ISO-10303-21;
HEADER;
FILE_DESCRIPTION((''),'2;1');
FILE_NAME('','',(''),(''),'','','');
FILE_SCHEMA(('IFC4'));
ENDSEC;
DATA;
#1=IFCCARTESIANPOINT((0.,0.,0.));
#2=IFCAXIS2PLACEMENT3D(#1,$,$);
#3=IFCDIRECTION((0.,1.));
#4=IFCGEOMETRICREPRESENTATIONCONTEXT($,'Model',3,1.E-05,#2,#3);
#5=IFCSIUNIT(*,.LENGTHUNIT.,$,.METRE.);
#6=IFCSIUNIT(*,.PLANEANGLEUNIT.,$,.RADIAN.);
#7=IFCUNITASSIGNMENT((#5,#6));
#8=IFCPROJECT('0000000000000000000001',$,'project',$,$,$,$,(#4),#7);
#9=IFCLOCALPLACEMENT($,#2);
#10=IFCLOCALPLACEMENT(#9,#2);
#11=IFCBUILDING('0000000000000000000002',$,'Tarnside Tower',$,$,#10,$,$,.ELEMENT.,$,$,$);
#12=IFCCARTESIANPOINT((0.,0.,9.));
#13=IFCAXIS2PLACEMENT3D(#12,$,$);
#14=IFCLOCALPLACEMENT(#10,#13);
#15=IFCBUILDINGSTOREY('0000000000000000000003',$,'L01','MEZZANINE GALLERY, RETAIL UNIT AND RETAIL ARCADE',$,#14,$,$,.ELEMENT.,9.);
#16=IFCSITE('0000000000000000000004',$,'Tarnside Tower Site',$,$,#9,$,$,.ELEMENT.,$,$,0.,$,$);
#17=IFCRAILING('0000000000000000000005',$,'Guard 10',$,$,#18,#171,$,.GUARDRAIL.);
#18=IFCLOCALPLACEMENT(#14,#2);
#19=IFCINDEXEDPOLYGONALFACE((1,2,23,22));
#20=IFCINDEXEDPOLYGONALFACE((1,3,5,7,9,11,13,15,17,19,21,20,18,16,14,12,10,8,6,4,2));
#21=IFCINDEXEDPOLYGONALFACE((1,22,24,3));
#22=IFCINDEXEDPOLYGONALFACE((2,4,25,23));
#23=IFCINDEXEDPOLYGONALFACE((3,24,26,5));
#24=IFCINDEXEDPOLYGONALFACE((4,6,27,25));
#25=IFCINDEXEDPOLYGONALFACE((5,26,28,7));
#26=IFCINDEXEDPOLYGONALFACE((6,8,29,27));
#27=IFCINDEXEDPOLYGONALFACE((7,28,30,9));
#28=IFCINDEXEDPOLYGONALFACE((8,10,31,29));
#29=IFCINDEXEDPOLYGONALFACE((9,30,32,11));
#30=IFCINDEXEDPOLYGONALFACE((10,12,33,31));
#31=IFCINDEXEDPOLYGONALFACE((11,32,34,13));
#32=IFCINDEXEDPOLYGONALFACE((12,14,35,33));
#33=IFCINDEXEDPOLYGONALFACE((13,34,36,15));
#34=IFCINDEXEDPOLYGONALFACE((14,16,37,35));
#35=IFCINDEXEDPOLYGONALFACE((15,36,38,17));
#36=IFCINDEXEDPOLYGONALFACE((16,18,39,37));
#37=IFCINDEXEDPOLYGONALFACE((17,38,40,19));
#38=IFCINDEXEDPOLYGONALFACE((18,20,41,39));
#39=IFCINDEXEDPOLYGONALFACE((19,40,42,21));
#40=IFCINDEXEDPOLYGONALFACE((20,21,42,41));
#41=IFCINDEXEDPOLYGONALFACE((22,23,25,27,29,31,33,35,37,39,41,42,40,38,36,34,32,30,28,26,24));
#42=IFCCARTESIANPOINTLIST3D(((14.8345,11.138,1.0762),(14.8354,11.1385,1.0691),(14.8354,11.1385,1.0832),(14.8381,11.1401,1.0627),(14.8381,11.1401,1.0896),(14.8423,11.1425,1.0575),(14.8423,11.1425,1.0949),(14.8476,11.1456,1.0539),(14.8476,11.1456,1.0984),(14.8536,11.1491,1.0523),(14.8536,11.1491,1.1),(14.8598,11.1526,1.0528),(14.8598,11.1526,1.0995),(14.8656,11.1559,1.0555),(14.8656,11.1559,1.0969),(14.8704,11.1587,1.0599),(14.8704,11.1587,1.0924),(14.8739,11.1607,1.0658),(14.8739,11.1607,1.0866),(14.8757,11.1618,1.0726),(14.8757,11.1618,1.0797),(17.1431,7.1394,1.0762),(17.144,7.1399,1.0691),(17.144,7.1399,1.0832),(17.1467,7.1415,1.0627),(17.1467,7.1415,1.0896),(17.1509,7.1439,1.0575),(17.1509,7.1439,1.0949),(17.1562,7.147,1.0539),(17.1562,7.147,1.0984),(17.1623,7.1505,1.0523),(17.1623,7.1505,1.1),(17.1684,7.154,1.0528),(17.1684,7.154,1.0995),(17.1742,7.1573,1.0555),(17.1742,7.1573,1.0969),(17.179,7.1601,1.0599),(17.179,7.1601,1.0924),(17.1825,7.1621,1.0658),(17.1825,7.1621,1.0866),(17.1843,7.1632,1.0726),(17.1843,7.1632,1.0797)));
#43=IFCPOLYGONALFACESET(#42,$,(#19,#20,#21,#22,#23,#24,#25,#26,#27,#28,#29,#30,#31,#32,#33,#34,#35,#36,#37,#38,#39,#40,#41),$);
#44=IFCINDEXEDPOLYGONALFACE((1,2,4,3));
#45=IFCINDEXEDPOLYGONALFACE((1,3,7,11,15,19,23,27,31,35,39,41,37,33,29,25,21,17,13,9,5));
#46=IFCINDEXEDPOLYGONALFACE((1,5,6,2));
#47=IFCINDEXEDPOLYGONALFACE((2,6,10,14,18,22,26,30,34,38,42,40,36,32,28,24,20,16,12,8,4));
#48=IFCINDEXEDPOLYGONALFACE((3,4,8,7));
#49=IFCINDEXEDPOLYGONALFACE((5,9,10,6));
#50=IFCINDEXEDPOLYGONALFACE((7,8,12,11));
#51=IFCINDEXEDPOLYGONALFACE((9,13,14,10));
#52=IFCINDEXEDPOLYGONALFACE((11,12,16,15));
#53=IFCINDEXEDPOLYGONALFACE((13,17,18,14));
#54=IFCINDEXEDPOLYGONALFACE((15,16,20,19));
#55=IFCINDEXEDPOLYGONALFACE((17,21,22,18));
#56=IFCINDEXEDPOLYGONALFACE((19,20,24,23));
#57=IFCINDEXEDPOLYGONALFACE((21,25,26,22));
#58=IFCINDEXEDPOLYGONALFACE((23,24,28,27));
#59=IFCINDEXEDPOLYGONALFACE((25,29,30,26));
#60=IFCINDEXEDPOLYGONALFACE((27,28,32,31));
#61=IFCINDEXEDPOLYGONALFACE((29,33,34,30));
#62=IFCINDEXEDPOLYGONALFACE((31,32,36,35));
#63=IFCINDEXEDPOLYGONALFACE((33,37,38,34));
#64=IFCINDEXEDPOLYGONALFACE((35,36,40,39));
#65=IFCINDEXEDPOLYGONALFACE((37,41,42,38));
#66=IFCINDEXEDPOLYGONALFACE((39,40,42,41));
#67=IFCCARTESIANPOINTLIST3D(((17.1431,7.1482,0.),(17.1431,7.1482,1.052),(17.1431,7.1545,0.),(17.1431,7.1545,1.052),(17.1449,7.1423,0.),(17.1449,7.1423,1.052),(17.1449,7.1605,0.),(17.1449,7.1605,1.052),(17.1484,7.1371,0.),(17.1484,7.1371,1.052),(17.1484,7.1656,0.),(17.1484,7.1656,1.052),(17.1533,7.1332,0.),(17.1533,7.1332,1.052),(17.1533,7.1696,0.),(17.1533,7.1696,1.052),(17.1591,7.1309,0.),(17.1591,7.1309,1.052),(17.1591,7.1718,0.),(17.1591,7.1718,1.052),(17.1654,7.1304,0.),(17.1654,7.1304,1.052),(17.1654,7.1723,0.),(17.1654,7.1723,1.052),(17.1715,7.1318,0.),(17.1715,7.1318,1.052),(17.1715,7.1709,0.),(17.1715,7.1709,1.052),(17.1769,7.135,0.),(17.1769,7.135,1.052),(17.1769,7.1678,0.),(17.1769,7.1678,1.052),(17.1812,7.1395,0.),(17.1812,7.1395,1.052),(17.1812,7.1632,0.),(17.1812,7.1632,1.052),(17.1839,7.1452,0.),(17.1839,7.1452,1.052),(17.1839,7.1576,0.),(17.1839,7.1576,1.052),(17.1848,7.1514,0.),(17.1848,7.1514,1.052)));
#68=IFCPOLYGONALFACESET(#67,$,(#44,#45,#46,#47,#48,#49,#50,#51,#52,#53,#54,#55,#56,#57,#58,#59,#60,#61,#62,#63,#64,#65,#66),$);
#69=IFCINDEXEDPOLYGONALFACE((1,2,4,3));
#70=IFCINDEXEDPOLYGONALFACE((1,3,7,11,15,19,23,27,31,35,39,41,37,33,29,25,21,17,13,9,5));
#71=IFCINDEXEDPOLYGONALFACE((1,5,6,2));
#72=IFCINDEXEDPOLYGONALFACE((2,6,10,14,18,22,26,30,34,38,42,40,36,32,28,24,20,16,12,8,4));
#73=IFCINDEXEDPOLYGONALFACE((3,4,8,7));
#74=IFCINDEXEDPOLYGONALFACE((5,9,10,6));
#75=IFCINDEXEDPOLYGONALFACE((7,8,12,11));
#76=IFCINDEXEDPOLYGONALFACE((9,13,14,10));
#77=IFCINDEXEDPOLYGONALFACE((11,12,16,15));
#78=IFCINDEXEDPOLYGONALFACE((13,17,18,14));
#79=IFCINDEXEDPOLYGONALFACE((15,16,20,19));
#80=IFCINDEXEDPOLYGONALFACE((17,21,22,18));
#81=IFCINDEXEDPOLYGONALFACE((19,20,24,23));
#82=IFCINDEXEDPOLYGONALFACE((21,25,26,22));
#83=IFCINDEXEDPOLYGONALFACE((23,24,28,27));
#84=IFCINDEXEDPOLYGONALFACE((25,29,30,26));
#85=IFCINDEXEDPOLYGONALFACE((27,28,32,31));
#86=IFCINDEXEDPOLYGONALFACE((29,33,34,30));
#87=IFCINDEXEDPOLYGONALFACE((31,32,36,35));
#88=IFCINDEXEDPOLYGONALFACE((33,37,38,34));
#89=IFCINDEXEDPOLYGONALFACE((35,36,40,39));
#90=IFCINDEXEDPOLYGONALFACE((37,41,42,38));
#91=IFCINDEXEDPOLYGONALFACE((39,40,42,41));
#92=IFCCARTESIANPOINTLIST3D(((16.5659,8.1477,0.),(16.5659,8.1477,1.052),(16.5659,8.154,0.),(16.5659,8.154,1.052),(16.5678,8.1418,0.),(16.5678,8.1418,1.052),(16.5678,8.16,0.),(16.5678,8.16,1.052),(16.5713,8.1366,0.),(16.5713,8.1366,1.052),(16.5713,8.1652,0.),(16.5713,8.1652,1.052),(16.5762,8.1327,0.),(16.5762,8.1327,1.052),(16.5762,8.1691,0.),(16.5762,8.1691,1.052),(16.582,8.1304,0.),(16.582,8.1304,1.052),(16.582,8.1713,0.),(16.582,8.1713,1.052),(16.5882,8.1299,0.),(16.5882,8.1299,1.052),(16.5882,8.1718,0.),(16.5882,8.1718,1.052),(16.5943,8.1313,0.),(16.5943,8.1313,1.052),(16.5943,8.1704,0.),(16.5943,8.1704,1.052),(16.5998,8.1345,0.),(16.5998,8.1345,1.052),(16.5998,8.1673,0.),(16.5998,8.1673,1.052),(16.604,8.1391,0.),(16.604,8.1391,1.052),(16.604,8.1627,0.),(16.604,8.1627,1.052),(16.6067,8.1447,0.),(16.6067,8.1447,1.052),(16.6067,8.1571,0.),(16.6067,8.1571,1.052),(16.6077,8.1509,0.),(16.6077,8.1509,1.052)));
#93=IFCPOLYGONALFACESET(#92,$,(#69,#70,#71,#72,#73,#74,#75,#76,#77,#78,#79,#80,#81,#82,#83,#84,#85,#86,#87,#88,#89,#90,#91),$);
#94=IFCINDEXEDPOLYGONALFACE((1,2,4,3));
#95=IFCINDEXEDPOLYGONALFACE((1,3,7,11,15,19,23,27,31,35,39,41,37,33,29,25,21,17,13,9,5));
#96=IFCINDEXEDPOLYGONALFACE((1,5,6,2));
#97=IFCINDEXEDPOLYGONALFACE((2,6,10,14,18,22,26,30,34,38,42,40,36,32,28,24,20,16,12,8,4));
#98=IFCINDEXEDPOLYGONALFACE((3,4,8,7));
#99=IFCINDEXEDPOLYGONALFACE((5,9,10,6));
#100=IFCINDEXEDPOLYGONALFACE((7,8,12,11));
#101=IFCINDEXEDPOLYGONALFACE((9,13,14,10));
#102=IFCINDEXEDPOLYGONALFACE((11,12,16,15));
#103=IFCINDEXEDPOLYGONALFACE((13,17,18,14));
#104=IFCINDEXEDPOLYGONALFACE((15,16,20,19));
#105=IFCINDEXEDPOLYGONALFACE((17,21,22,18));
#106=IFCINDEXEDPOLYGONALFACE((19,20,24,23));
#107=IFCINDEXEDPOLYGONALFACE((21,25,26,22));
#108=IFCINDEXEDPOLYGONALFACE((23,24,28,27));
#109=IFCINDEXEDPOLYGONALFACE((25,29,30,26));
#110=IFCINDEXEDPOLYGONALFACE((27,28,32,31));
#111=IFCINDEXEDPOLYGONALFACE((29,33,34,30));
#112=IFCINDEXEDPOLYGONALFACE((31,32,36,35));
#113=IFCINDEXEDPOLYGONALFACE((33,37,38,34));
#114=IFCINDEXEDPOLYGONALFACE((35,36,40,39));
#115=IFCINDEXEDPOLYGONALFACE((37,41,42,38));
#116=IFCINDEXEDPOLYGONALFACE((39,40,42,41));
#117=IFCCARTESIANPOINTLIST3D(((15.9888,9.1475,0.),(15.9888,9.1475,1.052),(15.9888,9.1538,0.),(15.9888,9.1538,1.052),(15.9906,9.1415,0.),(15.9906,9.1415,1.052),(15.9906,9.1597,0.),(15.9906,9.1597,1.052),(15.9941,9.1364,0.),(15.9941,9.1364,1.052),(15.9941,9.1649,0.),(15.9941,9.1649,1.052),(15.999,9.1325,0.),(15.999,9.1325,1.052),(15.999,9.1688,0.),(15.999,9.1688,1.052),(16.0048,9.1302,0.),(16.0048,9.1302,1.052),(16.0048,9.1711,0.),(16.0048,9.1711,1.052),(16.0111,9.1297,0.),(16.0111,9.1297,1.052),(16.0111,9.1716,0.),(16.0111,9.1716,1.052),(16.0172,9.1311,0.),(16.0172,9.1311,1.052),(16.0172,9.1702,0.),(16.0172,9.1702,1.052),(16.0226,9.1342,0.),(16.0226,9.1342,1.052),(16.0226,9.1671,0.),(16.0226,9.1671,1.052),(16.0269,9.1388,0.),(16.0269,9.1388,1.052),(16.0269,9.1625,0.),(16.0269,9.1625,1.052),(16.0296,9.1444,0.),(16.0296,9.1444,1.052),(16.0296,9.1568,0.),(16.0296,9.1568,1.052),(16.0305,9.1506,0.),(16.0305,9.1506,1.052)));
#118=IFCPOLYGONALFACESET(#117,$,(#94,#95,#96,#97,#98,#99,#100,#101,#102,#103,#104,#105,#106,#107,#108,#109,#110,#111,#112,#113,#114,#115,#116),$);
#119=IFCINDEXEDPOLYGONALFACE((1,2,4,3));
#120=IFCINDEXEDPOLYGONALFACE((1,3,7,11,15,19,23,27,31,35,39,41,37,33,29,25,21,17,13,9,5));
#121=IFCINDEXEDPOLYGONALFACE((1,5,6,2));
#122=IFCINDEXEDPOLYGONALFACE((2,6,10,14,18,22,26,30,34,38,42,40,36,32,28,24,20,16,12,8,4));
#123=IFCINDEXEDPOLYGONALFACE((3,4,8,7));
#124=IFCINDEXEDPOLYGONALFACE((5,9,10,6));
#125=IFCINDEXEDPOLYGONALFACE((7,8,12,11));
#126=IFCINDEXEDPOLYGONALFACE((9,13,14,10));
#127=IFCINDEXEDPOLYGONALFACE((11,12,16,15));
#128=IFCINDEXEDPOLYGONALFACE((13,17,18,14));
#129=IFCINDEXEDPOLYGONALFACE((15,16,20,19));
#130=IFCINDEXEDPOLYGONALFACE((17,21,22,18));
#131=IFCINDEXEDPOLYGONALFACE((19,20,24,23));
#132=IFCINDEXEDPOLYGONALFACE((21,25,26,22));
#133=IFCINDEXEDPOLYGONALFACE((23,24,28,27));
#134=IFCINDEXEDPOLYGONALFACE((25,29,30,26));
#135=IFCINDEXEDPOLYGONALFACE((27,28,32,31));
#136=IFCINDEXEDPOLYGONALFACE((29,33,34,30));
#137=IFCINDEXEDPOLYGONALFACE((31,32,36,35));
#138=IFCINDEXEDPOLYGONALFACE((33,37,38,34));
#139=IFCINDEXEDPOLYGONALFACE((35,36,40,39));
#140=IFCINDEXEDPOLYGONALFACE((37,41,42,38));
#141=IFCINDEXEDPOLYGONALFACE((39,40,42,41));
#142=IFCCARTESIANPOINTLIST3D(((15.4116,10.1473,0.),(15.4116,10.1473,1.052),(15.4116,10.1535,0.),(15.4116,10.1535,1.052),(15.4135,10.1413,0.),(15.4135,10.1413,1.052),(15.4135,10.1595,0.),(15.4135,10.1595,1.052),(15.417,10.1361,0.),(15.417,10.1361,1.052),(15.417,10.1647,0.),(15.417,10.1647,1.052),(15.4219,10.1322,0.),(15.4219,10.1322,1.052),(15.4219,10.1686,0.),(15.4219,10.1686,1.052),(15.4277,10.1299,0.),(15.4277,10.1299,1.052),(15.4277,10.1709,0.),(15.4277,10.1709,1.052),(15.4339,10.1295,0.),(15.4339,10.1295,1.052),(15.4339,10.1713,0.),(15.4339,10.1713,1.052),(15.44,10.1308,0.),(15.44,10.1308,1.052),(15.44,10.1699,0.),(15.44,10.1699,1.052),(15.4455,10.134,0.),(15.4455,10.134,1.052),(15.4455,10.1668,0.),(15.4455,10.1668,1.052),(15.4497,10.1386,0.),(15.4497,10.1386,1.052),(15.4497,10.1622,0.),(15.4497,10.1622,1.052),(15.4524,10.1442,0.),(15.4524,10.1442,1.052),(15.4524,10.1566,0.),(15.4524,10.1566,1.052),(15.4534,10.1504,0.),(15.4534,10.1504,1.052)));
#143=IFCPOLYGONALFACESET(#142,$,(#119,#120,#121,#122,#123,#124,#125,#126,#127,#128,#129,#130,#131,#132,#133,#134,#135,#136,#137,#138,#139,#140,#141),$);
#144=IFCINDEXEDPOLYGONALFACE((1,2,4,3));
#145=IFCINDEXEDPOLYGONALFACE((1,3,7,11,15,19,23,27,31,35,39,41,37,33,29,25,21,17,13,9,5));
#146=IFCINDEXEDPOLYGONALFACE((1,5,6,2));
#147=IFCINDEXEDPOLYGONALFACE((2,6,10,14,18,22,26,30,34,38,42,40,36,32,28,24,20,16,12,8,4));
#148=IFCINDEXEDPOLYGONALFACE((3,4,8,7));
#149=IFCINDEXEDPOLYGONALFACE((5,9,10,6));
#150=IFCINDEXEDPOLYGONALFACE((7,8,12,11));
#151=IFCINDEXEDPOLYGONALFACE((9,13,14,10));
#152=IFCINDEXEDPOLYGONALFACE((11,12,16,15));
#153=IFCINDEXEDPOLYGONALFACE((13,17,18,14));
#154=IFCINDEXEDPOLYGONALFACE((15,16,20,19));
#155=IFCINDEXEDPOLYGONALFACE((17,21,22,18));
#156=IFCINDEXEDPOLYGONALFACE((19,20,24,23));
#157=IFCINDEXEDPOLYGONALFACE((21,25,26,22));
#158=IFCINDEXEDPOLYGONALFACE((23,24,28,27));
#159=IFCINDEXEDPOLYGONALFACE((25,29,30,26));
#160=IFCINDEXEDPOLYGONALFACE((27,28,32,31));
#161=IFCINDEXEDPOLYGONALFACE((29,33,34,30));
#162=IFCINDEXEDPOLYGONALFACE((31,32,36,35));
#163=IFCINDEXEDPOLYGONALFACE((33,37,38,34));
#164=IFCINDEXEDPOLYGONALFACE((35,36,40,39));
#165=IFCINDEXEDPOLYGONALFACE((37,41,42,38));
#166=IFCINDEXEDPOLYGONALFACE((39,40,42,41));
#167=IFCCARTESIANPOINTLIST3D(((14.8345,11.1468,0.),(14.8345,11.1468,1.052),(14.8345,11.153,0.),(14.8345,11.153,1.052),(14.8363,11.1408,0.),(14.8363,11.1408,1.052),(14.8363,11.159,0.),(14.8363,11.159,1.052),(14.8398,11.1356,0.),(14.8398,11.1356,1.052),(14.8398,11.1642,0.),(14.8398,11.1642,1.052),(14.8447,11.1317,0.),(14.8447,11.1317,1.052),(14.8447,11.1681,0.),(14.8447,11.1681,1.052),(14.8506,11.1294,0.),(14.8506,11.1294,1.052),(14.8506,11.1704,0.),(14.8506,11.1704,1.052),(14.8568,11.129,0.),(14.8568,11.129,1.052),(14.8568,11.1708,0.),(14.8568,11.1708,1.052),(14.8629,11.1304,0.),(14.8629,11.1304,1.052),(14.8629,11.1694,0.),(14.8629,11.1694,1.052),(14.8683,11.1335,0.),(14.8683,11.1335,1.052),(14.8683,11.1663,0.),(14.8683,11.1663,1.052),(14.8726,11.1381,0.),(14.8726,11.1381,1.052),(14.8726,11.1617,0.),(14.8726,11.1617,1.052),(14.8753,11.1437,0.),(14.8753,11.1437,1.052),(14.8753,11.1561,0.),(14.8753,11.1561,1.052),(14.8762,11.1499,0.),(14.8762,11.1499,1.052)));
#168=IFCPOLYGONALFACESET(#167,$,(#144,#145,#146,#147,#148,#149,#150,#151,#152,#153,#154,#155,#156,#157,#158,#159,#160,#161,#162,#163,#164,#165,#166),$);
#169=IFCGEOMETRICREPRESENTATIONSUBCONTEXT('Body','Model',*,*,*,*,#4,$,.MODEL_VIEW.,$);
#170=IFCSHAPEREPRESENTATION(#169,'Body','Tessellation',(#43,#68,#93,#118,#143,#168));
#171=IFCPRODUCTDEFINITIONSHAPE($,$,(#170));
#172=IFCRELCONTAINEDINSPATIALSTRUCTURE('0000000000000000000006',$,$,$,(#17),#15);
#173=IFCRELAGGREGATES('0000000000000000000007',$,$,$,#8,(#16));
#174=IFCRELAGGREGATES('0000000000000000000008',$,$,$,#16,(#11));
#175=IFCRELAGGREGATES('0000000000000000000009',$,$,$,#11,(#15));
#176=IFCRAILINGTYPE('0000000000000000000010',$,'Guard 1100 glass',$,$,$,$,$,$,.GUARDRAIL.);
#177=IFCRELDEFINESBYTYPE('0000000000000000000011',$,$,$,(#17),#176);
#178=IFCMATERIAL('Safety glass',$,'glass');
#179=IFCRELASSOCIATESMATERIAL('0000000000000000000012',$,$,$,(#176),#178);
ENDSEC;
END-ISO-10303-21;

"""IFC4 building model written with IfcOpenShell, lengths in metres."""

from ifc_helpers import new_model, si_unit, direction, frame, origin, origin_2d, place, context, subcontext, project, spatial, circle, extrude, material, type_object, element, save


model = new_model("IFC4")

# Units and contexts
model_context = context("Model", 3, precision=1e-05, world=origin(), true_north=direction((0.0, 1.0)))
body_context = subcontext(model_context, "Body", "Model", "MODEL_VIEW")
ifc_project = project(units=[si_unit("LENGTHUNIT", "METRE"), si_unit("PLANEANGLEUNIT", "RADIAN")], contexts=[model_context])

# Site, building, storey
site_placement = place(None, origin())
site = spatial("IfcSite", under=ifc_project, at=site_placement, Name="Tarnside Tower Site", CompositionType="ELEMENT", RefElevation=0.0)
building_placement = place(site_placement, origin())
building = spatial("IfcBuilding", under=site, at=building_placement, Name="Tarnside Tower", CompositionType="ELEMENT")
storey_placement = place(building_placement, frame((0.0, 0.0, 9.0)))
storey = spatial("IfcBuildingStorey", under=building, at=storey_placement, Name="L01", Description="MEZZANINE GALLERY, RETAIL UNIT AND RETAIL ARCADE", CompositionType="ELEMENT", Elevation=9.0)

# Railing
ifc_material_1 = material(Name="Safety glass", Category="glass")
railing_type = type_object("IfcRailingType", Name="Guard 1100 glass", PredefinedType="GUARDRAIL", material=ifc_material_1)
railing_placement = place(storey_placement, frame((17.1638, 7.1514, 0.0)))
element("IfcRailing", 1, at=railing_placement, inside=storey, type_object=railing_type, Name="Guard 10", PredefinedType="GUARDRAIL", context=body_context, shape_type="SweptSolid", body=[
    extrude(circle(Radius=0.0239, at=origin_2d()), frame((0.0, 0.0, 1.0762), z_axis=(-0.500006, 0.866022, 0.0), x_axis=(-0.866022, -0.500006, 0.0)), (0.0, 0.0, 1.0), 4.6172),
    extrude(circle(Radius=0.021, at=origin_2d()), origin(), (0.0, 0.0, 1.0), 1.052),
    extrude(circle(Radius=0.021, at=origin_2d()), frame((-0.5771, 0.9995, 0.0)), (0.0, 0.0, 1.0), 1.052),
    extrude(circle(Radius=0.021, at=origin_2d()), frame((-1.1543, 1.9993, 0.0)), (0.0, 0.0, 1.0), 1.052),
    extrude(circle(Radius=0.021, at=origin_2d()), frame((-1.7314, 2.999, 0.0)), (0.0, 0.0, 1.0), 1.052),
    extrude(circle(Radius=0.021, at=origin_2d()), frame((-2.3086, 3.9985, 0.0)), (0.0, 0.0, 1.0), 1.052),
])

save(model, "model.ifc")
